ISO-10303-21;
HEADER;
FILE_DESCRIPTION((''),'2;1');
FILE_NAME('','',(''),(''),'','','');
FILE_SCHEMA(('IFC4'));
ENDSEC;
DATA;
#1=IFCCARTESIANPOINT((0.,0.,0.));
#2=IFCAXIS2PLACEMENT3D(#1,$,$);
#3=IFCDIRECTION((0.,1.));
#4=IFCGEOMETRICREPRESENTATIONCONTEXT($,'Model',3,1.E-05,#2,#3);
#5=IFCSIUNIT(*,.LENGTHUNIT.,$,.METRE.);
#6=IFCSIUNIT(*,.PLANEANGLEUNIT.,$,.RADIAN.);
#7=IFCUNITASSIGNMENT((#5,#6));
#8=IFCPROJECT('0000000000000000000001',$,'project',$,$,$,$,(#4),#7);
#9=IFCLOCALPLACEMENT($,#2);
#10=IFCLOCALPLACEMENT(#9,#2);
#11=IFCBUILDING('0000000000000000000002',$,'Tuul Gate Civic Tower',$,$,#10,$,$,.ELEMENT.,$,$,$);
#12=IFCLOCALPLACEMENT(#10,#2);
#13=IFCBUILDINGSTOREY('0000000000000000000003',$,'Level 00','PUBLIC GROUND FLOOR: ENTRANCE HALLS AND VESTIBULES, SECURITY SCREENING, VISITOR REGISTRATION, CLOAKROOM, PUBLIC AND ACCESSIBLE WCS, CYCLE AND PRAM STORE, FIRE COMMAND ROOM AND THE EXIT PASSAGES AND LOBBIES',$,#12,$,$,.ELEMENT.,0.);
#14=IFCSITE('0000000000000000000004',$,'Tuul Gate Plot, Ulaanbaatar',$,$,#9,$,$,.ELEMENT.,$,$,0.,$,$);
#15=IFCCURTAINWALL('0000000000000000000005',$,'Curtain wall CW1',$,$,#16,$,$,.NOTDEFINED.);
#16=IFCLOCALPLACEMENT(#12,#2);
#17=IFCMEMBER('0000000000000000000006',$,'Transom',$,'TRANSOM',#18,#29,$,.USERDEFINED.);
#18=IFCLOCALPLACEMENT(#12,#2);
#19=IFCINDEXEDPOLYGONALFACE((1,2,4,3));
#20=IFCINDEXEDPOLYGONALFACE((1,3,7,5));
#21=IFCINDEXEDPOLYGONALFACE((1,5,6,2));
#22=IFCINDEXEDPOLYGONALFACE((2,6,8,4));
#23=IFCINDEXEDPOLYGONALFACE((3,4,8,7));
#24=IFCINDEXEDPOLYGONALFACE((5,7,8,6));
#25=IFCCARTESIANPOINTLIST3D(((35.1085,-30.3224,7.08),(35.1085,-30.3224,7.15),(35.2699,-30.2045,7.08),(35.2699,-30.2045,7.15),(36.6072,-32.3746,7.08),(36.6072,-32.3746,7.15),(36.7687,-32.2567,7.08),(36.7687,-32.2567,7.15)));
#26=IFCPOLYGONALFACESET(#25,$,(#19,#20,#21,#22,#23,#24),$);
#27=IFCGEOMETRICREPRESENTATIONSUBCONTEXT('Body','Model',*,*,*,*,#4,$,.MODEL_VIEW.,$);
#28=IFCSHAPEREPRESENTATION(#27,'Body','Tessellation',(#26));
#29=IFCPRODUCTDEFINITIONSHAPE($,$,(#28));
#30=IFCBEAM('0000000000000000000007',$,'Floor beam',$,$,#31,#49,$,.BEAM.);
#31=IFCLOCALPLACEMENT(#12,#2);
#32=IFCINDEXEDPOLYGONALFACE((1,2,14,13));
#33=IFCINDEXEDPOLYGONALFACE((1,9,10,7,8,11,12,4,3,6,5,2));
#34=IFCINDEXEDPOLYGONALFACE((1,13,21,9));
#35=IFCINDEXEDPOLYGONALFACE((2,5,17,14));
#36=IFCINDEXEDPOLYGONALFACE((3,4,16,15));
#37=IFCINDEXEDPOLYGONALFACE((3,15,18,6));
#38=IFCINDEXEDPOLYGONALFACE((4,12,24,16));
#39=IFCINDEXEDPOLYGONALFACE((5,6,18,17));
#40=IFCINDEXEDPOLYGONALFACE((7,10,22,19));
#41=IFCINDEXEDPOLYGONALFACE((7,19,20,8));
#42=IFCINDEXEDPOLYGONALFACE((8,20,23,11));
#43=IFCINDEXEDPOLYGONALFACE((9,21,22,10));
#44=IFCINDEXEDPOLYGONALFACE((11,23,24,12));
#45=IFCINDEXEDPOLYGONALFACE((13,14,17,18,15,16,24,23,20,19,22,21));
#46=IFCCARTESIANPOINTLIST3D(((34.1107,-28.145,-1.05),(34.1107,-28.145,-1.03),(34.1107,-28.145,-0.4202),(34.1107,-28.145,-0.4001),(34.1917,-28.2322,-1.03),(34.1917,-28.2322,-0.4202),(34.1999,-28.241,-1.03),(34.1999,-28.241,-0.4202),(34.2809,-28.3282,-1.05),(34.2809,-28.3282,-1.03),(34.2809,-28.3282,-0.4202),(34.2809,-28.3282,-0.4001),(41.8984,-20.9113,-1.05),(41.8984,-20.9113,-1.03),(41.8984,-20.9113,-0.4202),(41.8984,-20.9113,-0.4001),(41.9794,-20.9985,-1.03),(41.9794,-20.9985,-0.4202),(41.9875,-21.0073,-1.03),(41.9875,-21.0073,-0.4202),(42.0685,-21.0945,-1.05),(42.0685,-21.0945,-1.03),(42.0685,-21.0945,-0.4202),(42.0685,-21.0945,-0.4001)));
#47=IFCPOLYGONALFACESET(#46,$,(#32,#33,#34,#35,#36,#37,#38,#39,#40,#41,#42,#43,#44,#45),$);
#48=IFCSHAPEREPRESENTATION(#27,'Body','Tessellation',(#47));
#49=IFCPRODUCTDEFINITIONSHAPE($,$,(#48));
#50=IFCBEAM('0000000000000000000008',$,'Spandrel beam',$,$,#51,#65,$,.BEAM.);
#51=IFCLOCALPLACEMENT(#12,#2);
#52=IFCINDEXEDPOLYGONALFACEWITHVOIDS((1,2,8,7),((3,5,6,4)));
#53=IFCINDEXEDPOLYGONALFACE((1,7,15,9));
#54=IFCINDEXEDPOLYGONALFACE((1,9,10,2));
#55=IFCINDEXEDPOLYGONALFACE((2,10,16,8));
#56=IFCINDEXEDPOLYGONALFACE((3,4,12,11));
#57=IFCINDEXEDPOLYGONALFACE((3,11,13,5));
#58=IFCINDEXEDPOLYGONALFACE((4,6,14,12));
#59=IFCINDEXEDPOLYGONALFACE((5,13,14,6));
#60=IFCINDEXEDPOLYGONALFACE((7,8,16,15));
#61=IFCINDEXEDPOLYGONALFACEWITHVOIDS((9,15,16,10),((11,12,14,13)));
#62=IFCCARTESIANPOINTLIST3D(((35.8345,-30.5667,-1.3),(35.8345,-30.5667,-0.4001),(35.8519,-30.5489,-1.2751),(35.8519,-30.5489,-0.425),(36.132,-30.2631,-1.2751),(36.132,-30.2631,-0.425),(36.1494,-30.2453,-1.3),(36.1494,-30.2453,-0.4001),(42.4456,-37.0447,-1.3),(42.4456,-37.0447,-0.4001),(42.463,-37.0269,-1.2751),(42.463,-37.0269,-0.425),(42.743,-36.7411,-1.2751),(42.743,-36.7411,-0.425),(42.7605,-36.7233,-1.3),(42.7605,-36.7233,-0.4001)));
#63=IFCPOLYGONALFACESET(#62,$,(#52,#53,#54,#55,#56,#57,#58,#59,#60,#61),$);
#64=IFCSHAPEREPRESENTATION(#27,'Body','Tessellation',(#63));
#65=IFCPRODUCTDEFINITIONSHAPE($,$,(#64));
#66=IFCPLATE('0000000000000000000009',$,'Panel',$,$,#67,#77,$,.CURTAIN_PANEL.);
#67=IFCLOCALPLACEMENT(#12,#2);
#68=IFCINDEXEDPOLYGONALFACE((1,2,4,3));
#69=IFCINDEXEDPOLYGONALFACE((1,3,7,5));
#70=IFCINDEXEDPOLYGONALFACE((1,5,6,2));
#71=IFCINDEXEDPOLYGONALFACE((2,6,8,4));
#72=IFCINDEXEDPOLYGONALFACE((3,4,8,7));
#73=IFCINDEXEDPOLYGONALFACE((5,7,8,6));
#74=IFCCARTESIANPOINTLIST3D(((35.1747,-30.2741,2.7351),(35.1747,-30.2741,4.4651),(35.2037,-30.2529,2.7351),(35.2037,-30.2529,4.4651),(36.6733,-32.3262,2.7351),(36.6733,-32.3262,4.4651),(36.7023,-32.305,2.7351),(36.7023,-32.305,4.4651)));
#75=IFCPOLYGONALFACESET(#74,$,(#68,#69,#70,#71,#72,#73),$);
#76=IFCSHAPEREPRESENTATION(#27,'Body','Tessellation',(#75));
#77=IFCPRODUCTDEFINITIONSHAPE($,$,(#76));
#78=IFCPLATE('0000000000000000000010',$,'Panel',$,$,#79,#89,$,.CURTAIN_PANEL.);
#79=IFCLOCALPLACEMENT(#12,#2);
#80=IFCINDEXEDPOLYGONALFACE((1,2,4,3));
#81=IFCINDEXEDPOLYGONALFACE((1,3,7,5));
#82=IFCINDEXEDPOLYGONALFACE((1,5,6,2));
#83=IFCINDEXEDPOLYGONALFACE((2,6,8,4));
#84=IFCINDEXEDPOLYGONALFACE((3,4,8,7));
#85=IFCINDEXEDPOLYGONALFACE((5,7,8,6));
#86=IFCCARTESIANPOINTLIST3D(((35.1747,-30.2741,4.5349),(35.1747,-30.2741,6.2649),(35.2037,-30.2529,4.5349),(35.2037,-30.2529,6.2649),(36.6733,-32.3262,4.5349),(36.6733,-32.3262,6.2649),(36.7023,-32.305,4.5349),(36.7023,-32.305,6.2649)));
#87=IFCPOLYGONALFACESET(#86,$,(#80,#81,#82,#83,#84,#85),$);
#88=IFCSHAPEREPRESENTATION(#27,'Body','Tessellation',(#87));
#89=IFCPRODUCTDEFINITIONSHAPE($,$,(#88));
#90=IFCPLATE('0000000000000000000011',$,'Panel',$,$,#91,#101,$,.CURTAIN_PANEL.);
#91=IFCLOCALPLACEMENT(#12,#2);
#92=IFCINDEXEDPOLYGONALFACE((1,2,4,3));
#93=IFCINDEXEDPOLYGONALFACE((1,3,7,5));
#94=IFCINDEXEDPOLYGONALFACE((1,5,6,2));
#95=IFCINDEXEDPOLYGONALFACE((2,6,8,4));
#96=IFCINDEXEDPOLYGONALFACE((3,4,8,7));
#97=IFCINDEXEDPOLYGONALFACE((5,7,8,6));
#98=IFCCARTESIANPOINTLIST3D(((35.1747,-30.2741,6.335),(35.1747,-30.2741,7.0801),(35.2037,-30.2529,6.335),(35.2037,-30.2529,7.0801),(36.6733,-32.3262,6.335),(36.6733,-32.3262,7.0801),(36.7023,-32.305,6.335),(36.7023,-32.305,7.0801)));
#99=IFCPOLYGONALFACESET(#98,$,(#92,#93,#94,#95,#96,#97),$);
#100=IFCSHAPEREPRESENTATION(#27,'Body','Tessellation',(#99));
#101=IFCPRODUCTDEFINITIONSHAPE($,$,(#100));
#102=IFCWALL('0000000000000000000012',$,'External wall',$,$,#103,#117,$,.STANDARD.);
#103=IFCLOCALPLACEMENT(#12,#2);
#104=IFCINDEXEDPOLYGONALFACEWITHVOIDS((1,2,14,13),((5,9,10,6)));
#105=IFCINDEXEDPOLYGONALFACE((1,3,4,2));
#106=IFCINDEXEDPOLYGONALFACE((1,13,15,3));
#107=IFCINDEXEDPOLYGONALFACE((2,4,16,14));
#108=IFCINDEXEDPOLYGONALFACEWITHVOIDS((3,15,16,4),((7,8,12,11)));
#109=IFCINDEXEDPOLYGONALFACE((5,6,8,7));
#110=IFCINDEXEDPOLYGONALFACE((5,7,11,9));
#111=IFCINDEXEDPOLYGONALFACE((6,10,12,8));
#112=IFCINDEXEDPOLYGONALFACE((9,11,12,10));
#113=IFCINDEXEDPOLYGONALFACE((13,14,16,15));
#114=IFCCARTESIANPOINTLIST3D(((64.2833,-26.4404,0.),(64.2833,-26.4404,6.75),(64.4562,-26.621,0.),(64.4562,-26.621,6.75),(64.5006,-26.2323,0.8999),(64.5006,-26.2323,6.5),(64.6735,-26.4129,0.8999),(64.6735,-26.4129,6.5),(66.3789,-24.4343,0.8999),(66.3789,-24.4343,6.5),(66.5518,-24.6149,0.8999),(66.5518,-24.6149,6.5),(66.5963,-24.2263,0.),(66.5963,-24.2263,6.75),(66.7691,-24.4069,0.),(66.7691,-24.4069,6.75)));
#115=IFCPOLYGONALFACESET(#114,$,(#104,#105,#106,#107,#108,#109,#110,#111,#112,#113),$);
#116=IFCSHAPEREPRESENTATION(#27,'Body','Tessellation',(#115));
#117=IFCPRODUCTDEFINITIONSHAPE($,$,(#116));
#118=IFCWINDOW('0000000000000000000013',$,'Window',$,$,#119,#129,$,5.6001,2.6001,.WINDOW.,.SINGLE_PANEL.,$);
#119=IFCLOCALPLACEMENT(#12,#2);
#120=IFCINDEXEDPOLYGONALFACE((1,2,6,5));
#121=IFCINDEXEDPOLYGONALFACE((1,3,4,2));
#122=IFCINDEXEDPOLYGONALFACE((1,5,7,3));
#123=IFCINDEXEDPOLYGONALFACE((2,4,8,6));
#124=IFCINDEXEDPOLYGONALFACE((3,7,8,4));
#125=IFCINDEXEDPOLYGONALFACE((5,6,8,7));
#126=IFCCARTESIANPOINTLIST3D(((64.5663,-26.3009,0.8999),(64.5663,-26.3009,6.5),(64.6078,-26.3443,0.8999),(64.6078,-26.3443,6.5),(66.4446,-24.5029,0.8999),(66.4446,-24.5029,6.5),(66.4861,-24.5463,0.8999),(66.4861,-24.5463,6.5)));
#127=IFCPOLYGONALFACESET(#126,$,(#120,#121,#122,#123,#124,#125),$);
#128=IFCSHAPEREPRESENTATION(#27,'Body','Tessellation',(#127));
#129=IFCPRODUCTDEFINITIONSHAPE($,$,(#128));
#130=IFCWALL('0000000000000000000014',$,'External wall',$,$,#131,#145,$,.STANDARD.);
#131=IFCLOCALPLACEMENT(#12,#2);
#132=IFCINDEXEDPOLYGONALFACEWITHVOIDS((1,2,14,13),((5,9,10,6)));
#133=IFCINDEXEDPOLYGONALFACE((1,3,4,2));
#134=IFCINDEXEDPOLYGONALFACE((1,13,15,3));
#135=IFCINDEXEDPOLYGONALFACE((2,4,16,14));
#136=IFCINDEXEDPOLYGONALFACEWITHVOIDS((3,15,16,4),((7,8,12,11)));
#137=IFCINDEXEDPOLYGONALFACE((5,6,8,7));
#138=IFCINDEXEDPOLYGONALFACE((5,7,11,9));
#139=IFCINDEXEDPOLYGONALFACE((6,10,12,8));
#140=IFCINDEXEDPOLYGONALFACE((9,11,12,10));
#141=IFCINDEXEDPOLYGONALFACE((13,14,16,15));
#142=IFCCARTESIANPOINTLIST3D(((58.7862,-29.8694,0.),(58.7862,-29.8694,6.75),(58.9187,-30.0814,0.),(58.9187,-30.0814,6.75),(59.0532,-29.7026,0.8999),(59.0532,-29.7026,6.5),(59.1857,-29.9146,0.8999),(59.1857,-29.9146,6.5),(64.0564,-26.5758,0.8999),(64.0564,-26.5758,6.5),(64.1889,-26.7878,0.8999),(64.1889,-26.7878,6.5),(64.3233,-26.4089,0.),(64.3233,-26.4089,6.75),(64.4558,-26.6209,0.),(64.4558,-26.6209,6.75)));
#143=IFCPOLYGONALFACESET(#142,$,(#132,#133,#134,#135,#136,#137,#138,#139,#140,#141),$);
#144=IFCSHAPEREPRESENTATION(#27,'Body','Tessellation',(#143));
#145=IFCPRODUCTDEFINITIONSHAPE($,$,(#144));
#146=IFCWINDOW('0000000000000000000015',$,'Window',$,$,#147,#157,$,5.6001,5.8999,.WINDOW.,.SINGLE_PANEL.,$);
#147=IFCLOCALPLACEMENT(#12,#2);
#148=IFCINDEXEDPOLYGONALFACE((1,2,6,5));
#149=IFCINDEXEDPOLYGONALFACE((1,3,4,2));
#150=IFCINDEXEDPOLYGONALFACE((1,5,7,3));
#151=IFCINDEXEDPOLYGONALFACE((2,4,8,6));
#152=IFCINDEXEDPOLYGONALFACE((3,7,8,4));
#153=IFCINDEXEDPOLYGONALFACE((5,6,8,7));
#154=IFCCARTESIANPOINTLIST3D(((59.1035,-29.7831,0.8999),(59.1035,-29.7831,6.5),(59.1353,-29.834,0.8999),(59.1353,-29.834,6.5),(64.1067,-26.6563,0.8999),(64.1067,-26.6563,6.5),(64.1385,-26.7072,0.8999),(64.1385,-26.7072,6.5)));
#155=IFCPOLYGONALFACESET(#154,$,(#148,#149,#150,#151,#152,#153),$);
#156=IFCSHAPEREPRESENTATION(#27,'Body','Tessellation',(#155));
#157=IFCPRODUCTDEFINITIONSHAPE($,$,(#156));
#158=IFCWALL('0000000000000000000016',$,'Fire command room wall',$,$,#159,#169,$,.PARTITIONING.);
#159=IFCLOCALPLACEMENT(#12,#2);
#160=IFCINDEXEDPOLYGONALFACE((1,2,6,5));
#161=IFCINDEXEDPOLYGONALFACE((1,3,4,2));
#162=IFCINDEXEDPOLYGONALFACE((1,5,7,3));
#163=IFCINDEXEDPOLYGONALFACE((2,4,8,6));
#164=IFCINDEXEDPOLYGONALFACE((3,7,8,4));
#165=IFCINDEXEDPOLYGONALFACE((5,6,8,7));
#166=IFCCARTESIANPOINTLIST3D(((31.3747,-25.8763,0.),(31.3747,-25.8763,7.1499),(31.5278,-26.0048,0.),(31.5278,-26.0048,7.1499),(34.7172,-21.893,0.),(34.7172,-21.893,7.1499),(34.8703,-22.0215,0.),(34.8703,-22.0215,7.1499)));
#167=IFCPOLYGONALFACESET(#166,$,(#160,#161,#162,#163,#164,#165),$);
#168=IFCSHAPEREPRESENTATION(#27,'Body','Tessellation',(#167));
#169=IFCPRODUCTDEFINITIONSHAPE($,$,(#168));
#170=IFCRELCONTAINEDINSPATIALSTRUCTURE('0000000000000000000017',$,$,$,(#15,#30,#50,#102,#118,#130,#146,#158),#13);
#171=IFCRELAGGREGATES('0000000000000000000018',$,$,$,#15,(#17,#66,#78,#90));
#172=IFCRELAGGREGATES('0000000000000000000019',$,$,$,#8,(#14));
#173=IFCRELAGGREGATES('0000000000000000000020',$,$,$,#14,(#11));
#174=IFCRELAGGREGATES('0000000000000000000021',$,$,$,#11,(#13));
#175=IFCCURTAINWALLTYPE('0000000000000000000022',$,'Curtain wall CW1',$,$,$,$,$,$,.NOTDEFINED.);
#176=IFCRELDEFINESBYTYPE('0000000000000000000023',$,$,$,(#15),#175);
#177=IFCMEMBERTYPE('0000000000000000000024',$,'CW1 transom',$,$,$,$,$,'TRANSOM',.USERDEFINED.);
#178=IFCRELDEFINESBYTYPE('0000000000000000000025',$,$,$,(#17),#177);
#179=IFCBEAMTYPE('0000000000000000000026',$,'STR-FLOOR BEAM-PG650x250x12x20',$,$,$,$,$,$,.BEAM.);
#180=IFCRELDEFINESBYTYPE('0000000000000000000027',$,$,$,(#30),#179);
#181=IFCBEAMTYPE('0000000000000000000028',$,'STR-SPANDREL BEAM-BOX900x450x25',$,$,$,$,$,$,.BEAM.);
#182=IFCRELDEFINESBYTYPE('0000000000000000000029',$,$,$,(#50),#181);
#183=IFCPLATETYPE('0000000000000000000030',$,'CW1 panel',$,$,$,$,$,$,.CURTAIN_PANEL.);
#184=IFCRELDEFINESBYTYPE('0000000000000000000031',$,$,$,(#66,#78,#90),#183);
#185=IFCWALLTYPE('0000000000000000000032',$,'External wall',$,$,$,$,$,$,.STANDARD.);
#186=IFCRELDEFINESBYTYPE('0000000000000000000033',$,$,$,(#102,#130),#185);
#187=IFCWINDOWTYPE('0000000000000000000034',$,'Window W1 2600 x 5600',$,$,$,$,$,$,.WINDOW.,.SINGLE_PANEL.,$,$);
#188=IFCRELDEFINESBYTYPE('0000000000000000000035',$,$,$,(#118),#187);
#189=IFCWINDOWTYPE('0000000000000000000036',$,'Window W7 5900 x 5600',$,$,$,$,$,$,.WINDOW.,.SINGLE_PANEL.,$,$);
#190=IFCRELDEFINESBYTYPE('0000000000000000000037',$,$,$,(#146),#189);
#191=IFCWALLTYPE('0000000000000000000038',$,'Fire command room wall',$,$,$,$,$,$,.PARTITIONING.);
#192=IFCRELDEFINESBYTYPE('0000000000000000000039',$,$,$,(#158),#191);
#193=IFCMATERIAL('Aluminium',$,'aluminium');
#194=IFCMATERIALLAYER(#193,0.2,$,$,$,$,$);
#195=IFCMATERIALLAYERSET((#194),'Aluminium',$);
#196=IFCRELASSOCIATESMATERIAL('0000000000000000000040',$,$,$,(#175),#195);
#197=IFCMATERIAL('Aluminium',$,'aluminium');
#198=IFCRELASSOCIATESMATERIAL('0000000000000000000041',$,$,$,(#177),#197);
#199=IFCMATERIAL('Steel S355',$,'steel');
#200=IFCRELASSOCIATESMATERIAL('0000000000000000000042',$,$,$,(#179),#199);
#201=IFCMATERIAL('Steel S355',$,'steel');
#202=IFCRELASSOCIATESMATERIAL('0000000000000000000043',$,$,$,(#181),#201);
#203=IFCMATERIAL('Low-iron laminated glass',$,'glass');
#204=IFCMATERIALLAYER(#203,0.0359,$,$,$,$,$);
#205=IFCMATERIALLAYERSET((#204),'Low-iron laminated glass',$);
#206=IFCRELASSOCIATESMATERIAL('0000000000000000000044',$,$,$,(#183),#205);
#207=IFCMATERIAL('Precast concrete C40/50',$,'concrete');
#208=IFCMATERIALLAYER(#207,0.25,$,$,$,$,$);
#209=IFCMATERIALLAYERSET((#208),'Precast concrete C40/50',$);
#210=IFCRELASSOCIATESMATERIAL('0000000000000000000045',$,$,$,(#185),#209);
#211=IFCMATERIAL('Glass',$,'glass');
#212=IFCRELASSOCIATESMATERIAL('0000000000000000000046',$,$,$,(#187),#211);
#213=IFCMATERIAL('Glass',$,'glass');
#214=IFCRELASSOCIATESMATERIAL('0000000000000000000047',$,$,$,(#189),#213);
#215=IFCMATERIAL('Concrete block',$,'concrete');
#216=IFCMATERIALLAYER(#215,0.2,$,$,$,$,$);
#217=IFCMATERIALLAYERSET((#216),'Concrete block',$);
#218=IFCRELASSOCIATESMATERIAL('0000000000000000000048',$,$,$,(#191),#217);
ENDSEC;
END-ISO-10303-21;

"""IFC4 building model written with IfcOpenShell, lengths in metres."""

from ifc_helpers import new_model, si_unit, direction, frame, frame_2d, origin, origin_2d, place, context, subcontext, project, spatial, rectangle, hollow_rectangle, i_section, extrude, material, layer, layer_set, material_profile, profile_set, type_object, element, fill, aggregate, save


model = new_model("IFC4")

# Units and contexts
model_context = context("Model", 3, precision=1e-05, world=origin(), true_north=direction((0.0, 1.0)))
body_context = subcontext(model_context, "Body", "Model", "MODEL_VIEW")
ifc_project = project(units=[si_unit("LENGTHUNIT", "METRE"), si_unit("PLANEANGLEUNIT", "RADIAN")], contexts=[model_context])

# Site, building, storey
site_placement = place(None, origin())
site = spatial("IfcSite", under=ifc_project, at=site_placement, Name="Tuul Gate Plot, Ulaanbaatar", CompositionType="ELEMENT", RefElevation=0.0)
building_placement = place(site_placement, origin())
building = spatial("IfcBuilding", under=site, at=building_placement, Name="Tuul Gate Civic Tower", CompositionType="ELEMENT")
storey_placement = place(building_placement, origin())
storey = spatial("IfcBuildingStorey", under=building, at=storey_placement, Name="Level 00", Description="PUBLIC GROUND FLOOR: ENTRANCE HALLS AND VESTIBULES, SECURITY SCREENING, VISITOR REGISTRATION, CLOAKROOM, PUBLIC AND ACCESSIBLE WCS, CYCLE AND PRAM STORE, FIRE COMMAND ROOM AND THE EXIT PASSAGES AND LOBBIES", CompositionType="ELEMENT", Elevation=0.0)

# Curtain wall, member
ifc_material_1 = material(Name="Aluminium", Category="aluminium")
ifc_layer_1 = layer(ifc_material_1, 0.2)
ifc_layer_set_1 = layer_set([ifc_layer_1], Name="Aluminium")
curtain_wall_type = type_object("IfcCurtainWallType", Name="Curtain wall CW1", PredefinedType="NOTDEFINED", material=ifc_layer_set_1)
curtain_wall_placement = place(storey_placement, origin())
curtain_wall = element("IfcCurtainWall", 1, at=curtain_wall_placement, inside=storey, type_object=curtain_wall_type, Name="Curtain wall CW1", PredefinedType="NOTDEFINED")
ifc_material_2 = material(Name="Aluminium", Category="aluminium")
ifc_material_profile_1 = material_profile(ifc_material_2, rectangle(XDim=0.2, YDim=0.0701, at=origin_2d()), Name="CW1 transom")
ifc_profile_set_1 = profile_set([ifc_material_profile_1], Name="Aluminium")
member_type_1 = type_object("IfcMemberType", Name="CW1 transom", ElementType="TRANSOM", PredefinedType="USERDEFINED", material=ifc_profile_set_1)
member_1_placement = place(storey_placement, frame((35.1892, -30.2634, 7.115), z_axis=(0.589776, -0.807567, 0.0), x_axis=(0.807567, 0.589776, 0.0)))
member_1 = element("IfcMember", 2, at=member_1_placement, type_object=member_type_1, Name="Transom", ObjectType="TRANSOM", PredefinedType="USERDEFINED", context=body_context, shape_type="SweptSolid", body=[
    extrude(rectangle(XDim=0.2, YDim=0.0701, at=origin_2d()), origin(), (0.0, 0.0, 1.0), 2.5413),
])

# Beams
ifc_material_3 = material(Name="Steel S355", Category="steel")
ifc_material_profile_2 = material_profile(ifc_material_3, i_section(OverallWidth=0.25, OverallDepth=0.6499, WebThickness=0.012, FlangeThickness=0.02, at=origin_2d()), Name="PG650x250x12x20")
ifc_profile_set_2 = profile_set([ifc_material_profile_2], Name="Steel S355")
beam_type_1 = type_object("IfcBeamType", Name="STR-FLOOR BEAM-PG650x250x12x20", PredefinedType="BEAM", material=ifc_profile_set_2)
beam_1_placement = place(storey_placement, frame((34.1958, -28.2366, -0.7251), z_axis=(0.732685, 0.680567, 0.0), x_axis=(-0.680567, 0.732685, 0.0)))
element("IfcBeam", 3, at=beam_1_placement, inside=storey, type_object=beam_type_1, Name="Floor beam", PredefinedType="BEAM", context=body_context, shape_type="SweptSolid", body=[
    extrude(i_section(OverallWidth=0.25, OverallDepth=0.6499, WebThickness=0.012, FlangeThickness=0.02, at=origin_2d()), origin(), (0.0, 0.0, 1.0), 10.6289),
])
ifc_material_4 = material(Name="Steel S355", Category="steel")
ifc_material_profile_3 = material_profile(ifc_material_4, hollow_rectangle(XDim=0.45, YDim=0.8999, WallThickness=0.0249, at=origin_2d()), Name="BOX900x450x25")
ifc_profile_set_3 = profile_set([ifc_material_profile_3], Name="Steel S355")
beam_type_2 = type_object("IfcBeamType", Name="STR-SPANDREL BEAM-BOX900x450x25", PredefinedType="BEAM", material=ifc_profile_set_3)
beam_2_placement = place(storey_placement, frame((35.9919, -30.406, -0.8501), z_axis=(0.714258, -0.699883, 0.0), x_axis=(0.699883, 0.714258, 0.0)))
element("IfcBeam", 4, at=beam_2_placement, inside=storey, type_object=beam_type_2, Name="Spandrel beam", PredefinedType="BEAM", context=body_context, shape_type="SweptSolid", body=[
    extrude(hollow_rectangle(XDim=0.45, YDim=0.8999, WallThickness=0.0249, at=origin_2d()), origin(), (0.0, 0.0, 1.0), 9.2559),
])

# Plates
ifc_material_5 = material(Name="Low-iron laminated glass", Category="glass")
ifc_layer_2 = layer(ifc_material_5, 0.0359)
ifc_layer_set_2 = layer_set([ifc_layer_2], Name="Low-iron laminated glass")
plate_type = type_object("IfcPlateType", Name="CW1 panel", PredefinedType="CURTAIN_PANEL", material=ifc_layer_set_2)
plate_1_placement = place(storey_placement, frame((35.9385, -31.2896, 2.7351), z_axis=(0.0, 0.0, 1.0), x_axis=(0.589756, -0.807581, 0.0)))
plate_1 = element("IfcPlate", 5, at=plate_1_placement, type_object=plate_type, Name="Panel", PredefinedType="CURTAIN_PANEL", context=body_context, shape_type="SweptSolid", body=[
    extrude(rectangle(XDim=2.541, YDim=0.0359, at=origin_2d()), origin(), (0.0, 0.0, 1.0), 1.73),
])
plate_2_placement = place(storey_placement, frame((35.9385, -31.2896, 4.5349), z_axis=(0.0, 0.0, 1.0), x_axis=(0.589756, -0.807581, 0.0)))
plate_2 = element("IfcPlate", 6, at=plate_2_placement, type_object=plate_type, Name="Panel", PredefinedType="CURTAIN_PANEL", context=body_context, shape_type="SweptSolid", body=[
    extrude(rectangle(XDim=2.541, YDim=0.0359, at=origin_2d()), origin(), (0.0, 0.0, 1.0), 1.73),
])
plate_3_placement = place(storey_placement, frame((35.9385, -31.2896, 6.335), z_axis=(0.0, 0.0, 1.0), x_axis=(0.589756, -0.807581, 0.0)))
plate_3 = element("IfcPlate", 7, at=plate_3_placement, type_object=plate_type, Name="Panel", PredefinedType="CURTAIN_PANEL", context=body_context, shape_type="SweptSolid", body=[
    extrude(rectangle(XDim=2.541, YDim=0.0359, at=origin_2d()), origin(), (0.0, 0.0, 1.0), 0.7451),
])
aggregate(curtain_wall, [member_1, plate_1, plate_2, plate_3])

# Walls, openings, windows
ifc_material_6 = material(Name="Precast concrete C40/50", Category="concrete")
ifc_layer_3 = layer(ifc_material_6, 0.25)
ifc_layer_set_3 = layer_set([ifc_layer_3], Name="Precast concrete C40/50")
wall_type_1 = type_object("IfcWallType", Name="External wall", PredefinedType="STANDARD", material=ifc_layer_set_3)
wall_1_placement = place(storey_placement, frame((64.3696, -26.5308, 0.0), z_axis=(0.0, 0.0, 1.0), x_axis=(0.722379, 0.691498, 0.0)))
wall_1 = element("IfcWall", 8, at=wall_1_placement, inside=storey, type_object=wall_type_1, Name="External wall", PredefinedType="STANDARD", context=body_context, shape_type="SweptSolid", body=[
    extrude(rectangle(XDim=3.2019, YDim=0.25, at=frame_2d((1.6011, 0.0))), origin(), (0.0, 0.0, 1.0), 6.75),
])
opening_1_placement = place(wall_1_placement, frame((0.301, 0.0, 0.8999)))
opening_1 = element("IfcOpeningElement", 9, at=opening_1_placement, cuts=wall_1, PredefinedType="OPENING", context=body_context, shape_type="SweptSolid", body=[
    extrude(rectangle(XDim=2.6001, YDim=5.6001, at=frame_2d((1.3, 2.8))), frame((0.0, 0.135, 0.0), z_axis=(0.0, -1.0, 0.0), x_axis=(1.0, 0.0, 0.0)), (0.0, 0.0, 1.0), 0.27),
])
ifc_material_7 = material(Name="Glass", Category="glass")
window_type_1 = type_object("IfcWindowType", Name="Window W1 2600 x 5600", PartitioningType="SINGLE_PANEL", PredefinedType="WINDOW", material=ifc_material_7)
window_1_placement = place(opening_1_placement, origin())
window_1 = element("IfcWindow", 10, at=window_1_placement, inside=storey, type_object=window_type_1, Name="Window", OverallHeight=5.6001, OverallWidth=2.6001, PartitioningType="SINGLE_PANEL", PredefinedType="WINDOW", context=body_context, shape_type="SweptSolid", body=[
    extrude(rectangle(XDim=2.6001, YDim=5.6001, at=frame_2d((1.3, 2.8))), frame((0.0, 0.03, 0.0), z_axis=(0.0, -1.0, 0.0), x_axis=(1.0, 0.0, 0.0)), (0.0, 0.0, 1.0), 0.0601),
])
fill(opening_1, window_1)
wall_2_placement = place(storey_placement, frame((58.8525, -29.9753, 0.0), z_axis=(0.0, 0.0, 1.0), x_axis=(0.848015, 0.529972, 0.0)))
wall_2 = element("IfcWall", 11, at=wall_2_placement, inside=storey, type_object=wall_type_1, Name="External wall", PredefinedType="STANDARD", context=body_context, shape_type="SweptSolid", body=[
    extrude(rectangle(XDim=6.5295, YDim=0.25, at=frame_2d((3.2646, 0.0))), origin(), (0.0, 0.0, 1.0), 6.75),
])
opening_2_placement = place(wall_2_placement, frame((0.3147, 0.0, 0.8999)))
opening_2 = element("IfcOpeningElement", 12, at=opening_2_placement, cuts=wall_2, PredefinedType="OPENING", context=body_context, shape_type="SweptSolid", body=[
    extrude(rectangle(XDim=5.8999, YDim=5.6001, at=frame_2d((2.95, 2.8))), frame((0.0, 0.135, 0.0), z_axis=(0.0, -1.0, 0.0), x_axis=(1.0, 0.0, 0.0)), (0.0, 0.0, 1.0), 0.27),
])
ifc_material_8 = material(Name="Glass", Category="glass")
window_type_2 = type_object("IfcWindowType", Name="Window W7 5900 x 5600", PartitioningType="SINGLE_PANEL", PredefinedType="WINDOW", material=ifc_material_8)
window_2_placement = place(opening_2_placement, origin())
window_2 = element("IfcWindow", 13, at=window_2_placement, inside=storey, type_object=window_type_2, Name="Window", OverallHeight=5.6001, OverallWidth=5.8999, PartitioningType="SINGLE_PANEL", PredefinedType="WINDOW", context=body_context, shape_type="SweptSolid", body=[
    extrude(rectangle(XDim=5.8999, YDim=5.6001, at=frame_2d((2.95, 2.8))), frame((0.0, 0.03, 0.0), z_axis=(0.0, -1.0, 0.0), x_axis=(1.0, 0.0, 0.0)), (0.0, 0.0, 1.0), 0.0601),
])
fill(opening_2, window_2)

# Wall
ifc_material_9 = material(Name="Concrete block", Category="concrete")
ifc_layer_4 = layer(ifc_material_9, 0.2)
ifc_layer_set_4 = layer_set([ifc_layer_4], Name="Concrete block")
wall_type_2 = type_object("IfcWallType", Name="Fire command room wall", PredefinedType="PARTITIONING", material=ifc_layer_set_4)
for number, where, z_axis, x_axis, name in (
    (14, (31.4512, -25.9407, 0.0), (0.0, 0.0, 1.0), (0.642795, 0.766039, 0.0), "Fire command room wall"),
):
    element("IfcWall", number, at=place(storey_placement, frame(where, z_axis=z_axis, x_axis=x_axis)), inside=storey, type_object=wall_type_2, Name=name, PredefinedType="PARTITIONING", context=body_context, shape_type="SweptSolid", body=[
        extrude(rectangle(XDim=5.2, YDim=0.2, at=frame_2d((2.6001, 0.0))), origin(), (0.0, 0.0, 1.0), 7.1499),
    ])

save(model, "model.ifc")
